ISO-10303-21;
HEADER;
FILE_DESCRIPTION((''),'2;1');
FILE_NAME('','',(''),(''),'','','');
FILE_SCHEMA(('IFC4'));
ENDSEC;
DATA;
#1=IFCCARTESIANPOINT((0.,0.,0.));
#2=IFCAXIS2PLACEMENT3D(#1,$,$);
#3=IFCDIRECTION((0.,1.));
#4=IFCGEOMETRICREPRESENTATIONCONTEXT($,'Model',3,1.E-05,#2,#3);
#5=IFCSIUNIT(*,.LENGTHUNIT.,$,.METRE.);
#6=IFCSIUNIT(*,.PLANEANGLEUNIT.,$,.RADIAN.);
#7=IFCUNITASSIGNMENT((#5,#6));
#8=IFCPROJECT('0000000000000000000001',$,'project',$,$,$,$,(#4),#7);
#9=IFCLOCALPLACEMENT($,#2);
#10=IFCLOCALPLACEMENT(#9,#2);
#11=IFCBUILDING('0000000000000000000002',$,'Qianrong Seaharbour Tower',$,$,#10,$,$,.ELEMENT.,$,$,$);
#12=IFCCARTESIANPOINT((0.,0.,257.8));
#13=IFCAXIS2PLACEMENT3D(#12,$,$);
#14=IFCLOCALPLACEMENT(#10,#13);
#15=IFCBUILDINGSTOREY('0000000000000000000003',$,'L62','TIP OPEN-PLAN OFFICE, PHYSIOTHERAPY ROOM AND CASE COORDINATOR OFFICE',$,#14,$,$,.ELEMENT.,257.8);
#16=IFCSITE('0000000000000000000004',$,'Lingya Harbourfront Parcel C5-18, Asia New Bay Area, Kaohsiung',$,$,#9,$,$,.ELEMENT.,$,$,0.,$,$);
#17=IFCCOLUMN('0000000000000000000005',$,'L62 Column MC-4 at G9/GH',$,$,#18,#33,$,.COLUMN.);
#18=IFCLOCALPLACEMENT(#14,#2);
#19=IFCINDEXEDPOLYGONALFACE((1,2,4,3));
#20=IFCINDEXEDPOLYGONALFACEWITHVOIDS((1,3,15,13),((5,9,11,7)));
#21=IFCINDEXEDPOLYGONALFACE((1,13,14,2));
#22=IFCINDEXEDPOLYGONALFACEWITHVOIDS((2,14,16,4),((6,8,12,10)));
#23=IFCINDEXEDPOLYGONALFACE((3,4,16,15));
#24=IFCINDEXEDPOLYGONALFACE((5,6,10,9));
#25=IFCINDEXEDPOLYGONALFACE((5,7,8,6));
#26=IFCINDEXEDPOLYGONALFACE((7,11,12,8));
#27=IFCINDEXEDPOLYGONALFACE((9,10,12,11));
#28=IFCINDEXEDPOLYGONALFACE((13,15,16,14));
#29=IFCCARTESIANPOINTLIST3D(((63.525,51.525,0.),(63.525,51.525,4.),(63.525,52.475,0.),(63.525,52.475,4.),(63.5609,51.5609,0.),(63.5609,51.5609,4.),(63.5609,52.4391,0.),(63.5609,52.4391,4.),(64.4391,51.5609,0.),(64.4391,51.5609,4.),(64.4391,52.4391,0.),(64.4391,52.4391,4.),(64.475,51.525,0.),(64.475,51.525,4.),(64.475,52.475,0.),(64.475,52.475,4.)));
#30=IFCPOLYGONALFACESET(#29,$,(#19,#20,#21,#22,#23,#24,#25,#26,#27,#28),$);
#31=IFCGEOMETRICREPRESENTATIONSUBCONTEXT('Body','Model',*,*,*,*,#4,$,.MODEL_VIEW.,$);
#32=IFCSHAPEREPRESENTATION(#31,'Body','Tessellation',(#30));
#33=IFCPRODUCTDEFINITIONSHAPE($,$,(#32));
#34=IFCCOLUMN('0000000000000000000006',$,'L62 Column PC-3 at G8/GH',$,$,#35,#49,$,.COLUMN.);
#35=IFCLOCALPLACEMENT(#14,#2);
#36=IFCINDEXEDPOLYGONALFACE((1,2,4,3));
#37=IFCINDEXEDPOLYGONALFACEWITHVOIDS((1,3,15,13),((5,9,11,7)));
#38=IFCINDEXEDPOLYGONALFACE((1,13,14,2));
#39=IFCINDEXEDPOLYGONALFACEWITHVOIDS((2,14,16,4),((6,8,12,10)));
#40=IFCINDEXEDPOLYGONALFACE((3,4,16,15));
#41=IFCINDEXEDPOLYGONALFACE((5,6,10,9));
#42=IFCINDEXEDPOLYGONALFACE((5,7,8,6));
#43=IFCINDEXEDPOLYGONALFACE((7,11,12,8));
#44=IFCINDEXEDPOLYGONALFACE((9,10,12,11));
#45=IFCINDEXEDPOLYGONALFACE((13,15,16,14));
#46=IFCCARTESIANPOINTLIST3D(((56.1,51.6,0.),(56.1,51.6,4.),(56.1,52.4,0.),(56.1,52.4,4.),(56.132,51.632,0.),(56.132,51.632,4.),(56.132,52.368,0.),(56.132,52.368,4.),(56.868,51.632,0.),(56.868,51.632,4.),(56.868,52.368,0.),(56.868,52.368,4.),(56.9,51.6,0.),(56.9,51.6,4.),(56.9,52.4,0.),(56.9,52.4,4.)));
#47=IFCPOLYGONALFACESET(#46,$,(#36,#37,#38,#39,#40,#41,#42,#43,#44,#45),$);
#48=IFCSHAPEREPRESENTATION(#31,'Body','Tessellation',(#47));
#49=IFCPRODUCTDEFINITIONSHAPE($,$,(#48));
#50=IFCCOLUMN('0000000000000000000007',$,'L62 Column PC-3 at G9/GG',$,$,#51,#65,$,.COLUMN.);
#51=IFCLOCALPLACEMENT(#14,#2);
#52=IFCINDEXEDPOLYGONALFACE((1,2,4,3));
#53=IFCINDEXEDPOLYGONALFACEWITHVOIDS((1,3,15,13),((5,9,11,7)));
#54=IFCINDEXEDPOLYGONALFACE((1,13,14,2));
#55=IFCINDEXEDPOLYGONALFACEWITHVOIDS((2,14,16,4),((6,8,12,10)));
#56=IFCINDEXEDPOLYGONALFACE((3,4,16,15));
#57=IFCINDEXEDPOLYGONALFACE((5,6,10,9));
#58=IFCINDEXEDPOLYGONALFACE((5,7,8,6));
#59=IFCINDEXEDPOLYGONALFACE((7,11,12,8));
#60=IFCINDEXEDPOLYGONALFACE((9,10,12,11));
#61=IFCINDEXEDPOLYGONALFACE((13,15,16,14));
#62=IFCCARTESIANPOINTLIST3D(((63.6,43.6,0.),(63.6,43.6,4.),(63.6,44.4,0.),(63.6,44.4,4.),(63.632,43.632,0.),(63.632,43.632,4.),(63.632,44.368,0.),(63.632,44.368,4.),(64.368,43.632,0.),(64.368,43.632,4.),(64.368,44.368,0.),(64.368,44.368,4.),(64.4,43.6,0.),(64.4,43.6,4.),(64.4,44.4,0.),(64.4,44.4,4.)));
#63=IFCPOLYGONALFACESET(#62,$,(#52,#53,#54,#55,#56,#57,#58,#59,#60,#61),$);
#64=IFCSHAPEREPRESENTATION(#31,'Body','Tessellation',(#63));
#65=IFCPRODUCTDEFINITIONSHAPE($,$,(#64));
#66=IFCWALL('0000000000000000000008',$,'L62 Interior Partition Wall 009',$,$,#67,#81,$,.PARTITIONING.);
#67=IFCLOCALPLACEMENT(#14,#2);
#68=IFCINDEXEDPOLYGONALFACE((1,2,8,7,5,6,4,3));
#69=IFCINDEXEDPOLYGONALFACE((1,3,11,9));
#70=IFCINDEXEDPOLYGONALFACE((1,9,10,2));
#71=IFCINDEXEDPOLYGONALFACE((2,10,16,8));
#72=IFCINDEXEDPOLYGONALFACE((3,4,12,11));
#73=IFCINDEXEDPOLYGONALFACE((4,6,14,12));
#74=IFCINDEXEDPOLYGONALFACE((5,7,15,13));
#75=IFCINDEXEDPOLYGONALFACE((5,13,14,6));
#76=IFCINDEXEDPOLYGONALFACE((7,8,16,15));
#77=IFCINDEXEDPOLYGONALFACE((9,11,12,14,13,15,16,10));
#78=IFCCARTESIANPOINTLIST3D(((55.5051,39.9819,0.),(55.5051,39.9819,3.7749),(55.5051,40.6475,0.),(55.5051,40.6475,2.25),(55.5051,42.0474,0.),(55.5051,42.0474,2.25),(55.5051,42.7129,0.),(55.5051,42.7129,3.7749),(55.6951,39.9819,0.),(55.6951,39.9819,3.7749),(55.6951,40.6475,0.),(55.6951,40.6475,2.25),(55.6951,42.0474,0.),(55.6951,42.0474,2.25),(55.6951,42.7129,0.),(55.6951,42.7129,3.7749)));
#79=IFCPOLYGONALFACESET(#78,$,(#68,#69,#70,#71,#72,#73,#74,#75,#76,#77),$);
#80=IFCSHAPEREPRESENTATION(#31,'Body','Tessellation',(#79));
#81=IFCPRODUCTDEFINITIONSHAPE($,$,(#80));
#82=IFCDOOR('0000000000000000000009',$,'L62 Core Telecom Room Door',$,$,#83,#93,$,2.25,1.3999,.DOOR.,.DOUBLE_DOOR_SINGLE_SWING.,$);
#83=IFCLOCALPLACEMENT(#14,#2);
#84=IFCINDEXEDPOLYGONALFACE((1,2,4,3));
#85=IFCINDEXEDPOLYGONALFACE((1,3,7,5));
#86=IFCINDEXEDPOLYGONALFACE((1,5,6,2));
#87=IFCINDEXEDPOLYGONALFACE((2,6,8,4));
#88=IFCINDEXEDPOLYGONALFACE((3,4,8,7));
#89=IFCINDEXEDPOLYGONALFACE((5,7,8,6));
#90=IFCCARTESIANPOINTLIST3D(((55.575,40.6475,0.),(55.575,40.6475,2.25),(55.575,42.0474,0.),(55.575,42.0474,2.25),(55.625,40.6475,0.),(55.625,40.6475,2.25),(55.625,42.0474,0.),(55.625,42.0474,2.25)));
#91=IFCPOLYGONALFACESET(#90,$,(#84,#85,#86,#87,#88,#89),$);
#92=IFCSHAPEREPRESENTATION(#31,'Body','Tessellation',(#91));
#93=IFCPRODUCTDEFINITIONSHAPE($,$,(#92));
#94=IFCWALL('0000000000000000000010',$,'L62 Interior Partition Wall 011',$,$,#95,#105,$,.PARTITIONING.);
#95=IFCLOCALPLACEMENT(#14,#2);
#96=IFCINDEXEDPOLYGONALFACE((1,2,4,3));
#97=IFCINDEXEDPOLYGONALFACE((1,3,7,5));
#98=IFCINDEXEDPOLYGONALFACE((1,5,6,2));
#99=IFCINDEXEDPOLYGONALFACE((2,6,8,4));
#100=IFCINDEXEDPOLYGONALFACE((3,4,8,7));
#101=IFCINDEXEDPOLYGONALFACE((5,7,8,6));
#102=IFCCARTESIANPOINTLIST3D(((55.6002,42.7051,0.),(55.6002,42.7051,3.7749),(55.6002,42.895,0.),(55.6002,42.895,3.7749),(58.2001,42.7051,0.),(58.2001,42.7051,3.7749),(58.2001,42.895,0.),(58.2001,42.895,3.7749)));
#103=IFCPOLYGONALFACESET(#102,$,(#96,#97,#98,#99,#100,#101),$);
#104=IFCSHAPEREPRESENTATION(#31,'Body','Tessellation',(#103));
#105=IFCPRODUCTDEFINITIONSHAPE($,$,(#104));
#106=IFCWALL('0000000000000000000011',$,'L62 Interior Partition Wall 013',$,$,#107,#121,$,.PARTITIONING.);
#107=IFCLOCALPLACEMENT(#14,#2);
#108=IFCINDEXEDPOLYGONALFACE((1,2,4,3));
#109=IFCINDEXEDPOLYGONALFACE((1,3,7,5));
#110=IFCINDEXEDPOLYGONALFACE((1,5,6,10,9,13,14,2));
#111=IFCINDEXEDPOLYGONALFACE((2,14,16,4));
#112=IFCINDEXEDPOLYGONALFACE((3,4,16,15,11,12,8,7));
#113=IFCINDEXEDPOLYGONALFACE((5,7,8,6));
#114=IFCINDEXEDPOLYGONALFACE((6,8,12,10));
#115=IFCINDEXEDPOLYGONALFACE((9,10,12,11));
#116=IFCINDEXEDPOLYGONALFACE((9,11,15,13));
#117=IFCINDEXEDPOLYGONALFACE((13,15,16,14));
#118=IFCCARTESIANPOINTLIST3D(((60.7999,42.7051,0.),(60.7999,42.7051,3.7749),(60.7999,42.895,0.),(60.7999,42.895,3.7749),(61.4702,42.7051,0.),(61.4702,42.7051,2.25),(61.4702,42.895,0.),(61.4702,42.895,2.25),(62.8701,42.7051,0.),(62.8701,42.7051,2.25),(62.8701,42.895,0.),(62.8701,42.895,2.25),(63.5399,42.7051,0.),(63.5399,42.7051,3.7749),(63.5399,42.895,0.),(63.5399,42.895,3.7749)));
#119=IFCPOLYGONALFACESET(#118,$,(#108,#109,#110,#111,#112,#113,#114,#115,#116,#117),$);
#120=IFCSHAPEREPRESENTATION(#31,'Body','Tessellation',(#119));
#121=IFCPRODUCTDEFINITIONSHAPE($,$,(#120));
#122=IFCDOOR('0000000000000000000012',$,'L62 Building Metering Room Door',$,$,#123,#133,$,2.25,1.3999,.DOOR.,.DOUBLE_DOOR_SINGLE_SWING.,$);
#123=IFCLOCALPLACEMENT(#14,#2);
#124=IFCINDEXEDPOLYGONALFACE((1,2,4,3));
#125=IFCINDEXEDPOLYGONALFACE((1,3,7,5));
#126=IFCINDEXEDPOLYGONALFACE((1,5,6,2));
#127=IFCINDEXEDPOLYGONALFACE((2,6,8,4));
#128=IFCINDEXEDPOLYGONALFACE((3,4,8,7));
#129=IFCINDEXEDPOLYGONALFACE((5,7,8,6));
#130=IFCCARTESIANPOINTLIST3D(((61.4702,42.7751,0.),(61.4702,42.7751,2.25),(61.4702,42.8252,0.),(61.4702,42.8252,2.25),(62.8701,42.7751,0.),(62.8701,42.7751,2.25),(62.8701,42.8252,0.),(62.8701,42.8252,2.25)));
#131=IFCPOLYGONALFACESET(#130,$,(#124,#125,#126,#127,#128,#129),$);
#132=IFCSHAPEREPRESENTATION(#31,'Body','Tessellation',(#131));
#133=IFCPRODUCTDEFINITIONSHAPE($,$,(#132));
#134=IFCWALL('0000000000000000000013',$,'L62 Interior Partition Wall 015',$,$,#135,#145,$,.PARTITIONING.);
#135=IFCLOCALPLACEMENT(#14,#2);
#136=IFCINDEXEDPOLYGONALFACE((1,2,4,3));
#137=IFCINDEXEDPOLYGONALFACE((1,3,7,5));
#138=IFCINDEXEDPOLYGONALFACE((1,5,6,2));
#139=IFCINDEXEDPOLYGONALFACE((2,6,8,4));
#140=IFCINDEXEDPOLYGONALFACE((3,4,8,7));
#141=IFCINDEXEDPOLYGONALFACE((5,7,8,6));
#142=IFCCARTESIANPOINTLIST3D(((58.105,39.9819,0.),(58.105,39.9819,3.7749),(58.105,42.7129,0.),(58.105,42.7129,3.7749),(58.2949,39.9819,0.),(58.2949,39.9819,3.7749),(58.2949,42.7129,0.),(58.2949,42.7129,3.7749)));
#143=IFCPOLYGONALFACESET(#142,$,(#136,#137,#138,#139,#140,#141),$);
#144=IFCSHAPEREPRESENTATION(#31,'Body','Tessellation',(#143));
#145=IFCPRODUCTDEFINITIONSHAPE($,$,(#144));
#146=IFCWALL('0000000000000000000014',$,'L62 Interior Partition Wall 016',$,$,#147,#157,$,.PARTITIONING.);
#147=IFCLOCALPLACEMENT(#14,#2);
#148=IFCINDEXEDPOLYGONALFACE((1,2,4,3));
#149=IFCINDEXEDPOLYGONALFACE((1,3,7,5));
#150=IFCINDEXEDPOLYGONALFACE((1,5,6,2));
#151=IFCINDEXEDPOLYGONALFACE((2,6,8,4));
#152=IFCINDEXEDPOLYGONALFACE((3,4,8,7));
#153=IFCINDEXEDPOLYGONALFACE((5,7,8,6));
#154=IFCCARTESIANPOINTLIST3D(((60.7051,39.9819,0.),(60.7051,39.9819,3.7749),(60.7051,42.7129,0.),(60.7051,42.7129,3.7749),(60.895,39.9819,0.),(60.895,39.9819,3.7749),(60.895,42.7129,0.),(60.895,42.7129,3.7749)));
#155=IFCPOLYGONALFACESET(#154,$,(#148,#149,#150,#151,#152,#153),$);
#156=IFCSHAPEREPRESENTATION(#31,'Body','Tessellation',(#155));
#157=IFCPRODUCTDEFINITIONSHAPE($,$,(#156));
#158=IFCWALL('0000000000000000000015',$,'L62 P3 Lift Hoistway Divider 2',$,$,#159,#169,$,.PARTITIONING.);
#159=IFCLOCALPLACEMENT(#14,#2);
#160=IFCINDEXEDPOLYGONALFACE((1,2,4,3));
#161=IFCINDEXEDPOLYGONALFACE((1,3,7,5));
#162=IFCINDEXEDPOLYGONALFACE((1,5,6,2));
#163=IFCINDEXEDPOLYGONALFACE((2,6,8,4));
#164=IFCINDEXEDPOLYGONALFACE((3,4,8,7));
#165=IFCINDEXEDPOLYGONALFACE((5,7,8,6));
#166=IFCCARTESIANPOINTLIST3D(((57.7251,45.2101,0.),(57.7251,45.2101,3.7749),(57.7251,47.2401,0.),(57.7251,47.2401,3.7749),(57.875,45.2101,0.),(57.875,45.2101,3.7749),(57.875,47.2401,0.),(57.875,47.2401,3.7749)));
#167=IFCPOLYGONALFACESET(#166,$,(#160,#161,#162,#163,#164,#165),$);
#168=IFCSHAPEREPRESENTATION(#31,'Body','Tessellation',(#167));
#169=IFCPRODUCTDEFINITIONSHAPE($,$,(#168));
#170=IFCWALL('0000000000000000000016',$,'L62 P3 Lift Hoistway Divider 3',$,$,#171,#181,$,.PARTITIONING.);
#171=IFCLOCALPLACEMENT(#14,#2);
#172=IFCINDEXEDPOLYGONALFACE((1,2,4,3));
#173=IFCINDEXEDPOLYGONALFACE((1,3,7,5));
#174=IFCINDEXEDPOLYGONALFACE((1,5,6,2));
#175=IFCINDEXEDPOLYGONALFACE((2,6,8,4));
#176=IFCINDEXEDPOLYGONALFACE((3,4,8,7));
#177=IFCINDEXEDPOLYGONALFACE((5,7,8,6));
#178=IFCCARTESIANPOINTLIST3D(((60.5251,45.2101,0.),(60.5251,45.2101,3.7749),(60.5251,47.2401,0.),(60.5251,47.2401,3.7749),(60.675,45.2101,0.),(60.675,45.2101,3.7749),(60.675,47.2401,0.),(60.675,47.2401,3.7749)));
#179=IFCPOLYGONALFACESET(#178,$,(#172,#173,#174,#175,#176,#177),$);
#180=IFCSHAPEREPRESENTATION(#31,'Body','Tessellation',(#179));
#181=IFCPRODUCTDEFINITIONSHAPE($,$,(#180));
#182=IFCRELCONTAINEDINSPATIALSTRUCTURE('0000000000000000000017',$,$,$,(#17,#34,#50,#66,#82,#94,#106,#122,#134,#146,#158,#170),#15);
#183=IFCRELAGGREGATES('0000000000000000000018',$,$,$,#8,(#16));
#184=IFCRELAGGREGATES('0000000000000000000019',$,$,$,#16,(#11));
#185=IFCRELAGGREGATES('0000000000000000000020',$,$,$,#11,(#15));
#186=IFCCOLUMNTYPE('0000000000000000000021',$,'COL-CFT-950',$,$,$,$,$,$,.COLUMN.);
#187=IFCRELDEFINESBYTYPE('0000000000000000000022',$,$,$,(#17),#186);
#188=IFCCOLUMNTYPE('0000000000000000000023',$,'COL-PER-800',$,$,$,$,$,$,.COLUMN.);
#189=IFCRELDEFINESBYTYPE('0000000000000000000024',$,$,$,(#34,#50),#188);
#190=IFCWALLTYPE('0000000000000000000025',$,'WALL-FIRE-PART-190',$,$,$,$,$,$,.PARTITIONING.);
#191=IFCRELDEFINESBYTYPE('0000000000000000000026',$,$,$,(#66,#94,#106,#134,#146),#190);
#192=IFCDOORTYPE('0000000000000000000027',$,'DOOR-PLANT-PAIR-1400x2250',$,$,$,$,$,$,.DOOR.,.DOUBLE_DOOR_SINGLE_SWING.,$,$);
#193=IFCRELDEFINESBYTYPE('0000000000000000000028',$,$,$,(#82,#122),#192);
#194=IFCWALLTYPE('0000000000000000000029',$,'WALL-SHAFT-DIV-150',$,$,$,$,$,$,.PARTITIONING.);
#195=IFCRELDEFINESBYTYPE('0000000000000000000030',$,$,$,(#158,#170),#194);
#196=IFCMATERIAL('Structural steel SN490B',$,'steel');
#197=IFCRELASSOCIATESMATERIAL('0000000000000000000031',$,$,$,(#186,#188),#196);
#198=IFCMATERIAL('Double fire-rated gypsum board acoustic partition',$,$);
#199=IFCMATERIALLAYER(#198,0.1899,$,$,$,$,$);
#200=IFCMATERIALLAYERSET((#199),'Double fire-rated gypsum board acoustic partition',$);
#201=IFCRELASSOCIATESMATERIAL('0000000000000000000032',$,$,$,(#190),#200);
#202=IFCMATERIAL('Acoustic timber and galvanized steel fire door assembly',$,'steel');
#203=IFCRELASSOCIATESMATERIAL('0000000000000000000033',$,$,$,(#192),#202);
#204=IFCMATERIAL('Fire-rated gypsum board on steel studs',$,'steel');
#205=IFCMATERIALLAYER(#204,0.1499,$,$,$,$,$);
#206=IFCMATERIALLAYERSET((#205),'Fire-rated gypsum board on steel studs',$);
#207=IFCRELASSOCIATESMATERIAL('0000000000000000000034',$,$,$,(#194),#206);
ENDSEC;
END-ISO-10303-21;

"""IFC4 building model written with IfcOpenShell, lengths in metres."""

from ifc_helpers import new_model, si_unit, direction, frame, frame_2d, origin, origin_2d, place, context, subcontext, project, spatial, rectangle, hollow_rectangle, extrude, material, layer, layer_set, material_profile, profile_set, type_object, element, fill, save


model = new_model("IFC4")

# Units and contexts
model_context = context("Model", 3, precision=1e-05, world=origin(), true_north=direction((0.0, 1.0)))
body_context = subcontext(model_context, "Body", "Model", "MODEL_VIEW")
ifc_project = project(units=[si_unit("LENGTHUNIT", "METRE"), si_unit("PLANEANGLEUNIT", "RADIAN")], contexts=[model_context])

# Site, building, storey
site_placement = place(None, origin())
site = spatial("IfcSite", under=ifc_project, at=site_placement, Name="Lingya Harbourfront Parcel C5-18, Asia New Bay Area, Kaohsiung", CompositionType="ELEMENT", RefElevation=0.0)
building_placement = place(site_placement, origin())
building = spatial("IfcBuilding", under=site, at=building_placement, Name="Qianrong Seaharbour Tower", CompositionType="ELEMENT")
storey_placement = place(building_placement, frame((0.0, 0.0, 257.8)))
storey = spatial("IfcBuildingStorey", under=building, at=storey_placement, Name="L62", Description="TIP OPEN-PLAN OFFICE, PHYSIOTHERAPY ROOM AND CASE COORDINATOR OFFICE", CompositionType="ELEMENT", Elevation=257.8)

# Columns
ifc_material_1 = material(Name="Structural steel SN490B", Category="steel")
ifc_material_profile_1 = material_profile(ifc_material_1, hollow_rectangle(XDim=0.95, YDim=0.95, WallThickness=0.0359, at=origin_2d()), Name="BOX950x950x36")
ifc_profile_set_1 = profile_set([ifc_material_profile_1], Name="Structural steel SN490B")
column_type_1 = type_object("IfcColumnType", Name="COL-CFT-950", PredefinedType="COLUMN", material=ifc_profile_set_1)
column_placement = place(storey_placement, frame((64.0, 52.0, 0.0), z_axis=(0.0, 0.0, 1.0), x_axis=(1.0, 0.0, 0.0)))
element("IfcColumn", 1, at=column_placement, inside=storey, type_object=column_type_1, Name="L62 Column MC-4 at G9/GH", PredefinedType="COLUMN", context=body_context, shape_type="SweptSolid", body=[
    extrude(hollow_rectangle(XDim=0.95, YDim=0.95, WallThickness=0.0359, at=origin_2d()), origin(), (0.0, 0.0, 1.0), 4.0),
])
ifc_material_profile_2 = material_profile(ifc_material_1, hollow_rectangle(XDim=0.8, YDim=0.8, WallThickness=0.032, at=origin_2d()), Name="BOX800x800x32")
ifc_profile_set_2 = profile_set([ifc_material_profile_2], Name="Structural steel SN490B")
column_type_2 = type_object("IfcColumnType", Name="COL-PER-800", PredefinedType="COLUMN", material=ifc_profile_set_2)
for number, where, z_axis, x_axis, name in (
    (2, (56.5, 52.0, 0.0), (0.0, 0.0, 1.0), (1.0, 0.0, 0.0), "L62 Column PC-3 at G8/GH"),
    (3, (64.0, 44.0, 0.0), (0.0, 0.0, 1.0), (1.0, 0.0, 0.0), "L62 Column PC-3 at G9/GG"),
):
    element("IfcColumn", number, at=place(storey_placement, frame(where, z_axis=z_axis, x_axis=x_axis)), inside=storey, type_object=column_type_2, Name=name, PredefinedType="COLUMN", context=body_context, shape_type="SweptSolid", body=[
        extrude(hollow_rectangle(XDim=0.8, YDim=0.8, WallThickness=0.032, at=origin_2d()), origin(), (0.0, 0.0, 1.0), 4.0),
    ])

# Wall, opening, door
ifc_material_2 = material(Name="Acoustic timber and galvanized steel fire door assembly", Category="steel")
ifc_material_3 = material(Name="Double fire-rated gypsum board acoustic partition")
ifc_layer_1 = layer(ifc_material_3, 0.1899)
ifc_layer_set_1 = layer_set([ifc_layer_1], Name="Double fire-rated gypsum board acoustic partition")
wall_type_1 = type_object("IfcWallType", Name="WALL-FIRE-PART-190", PredefinedType="PARTITIONING", material=ifc_layer_set_1)
wall_1_placement = place(storey_placement, frame((55.6001, 42.7129, 0.0), z_axis=(0.0, 0.0, 1.0), x_axis=(0.0, -1.0, 0.0)))
wall_1 = element("IfcWall", 4, at=wall_1_placement, inside=storey, type_object=wall_type_1, Name="L62 Interior Partition Wall 009", PredefinedType="PARTITIONING", context=body_context, shape_type="SweptSolid", body=[
    extrude(rectangle(XDim=2.731, YDim=0.1899, at=frame_2d((1.3655, 0.0))), origin(), (0.0, 0.0, 1.0), 3.7749),
])
opening_1_placement = place(wall_1_placement, frame((0.6655, 0.0, 0.0)))
opening_1 = element("IfcOpeningElement", 5, at=opening_1_placement, cuts=wall_1, PredefinedType="OPENING", context=body_context, shape_type="SweptSolid", body=[
    extrude(rectangle(XDim=1.3999, YDim=2.25, at=frame_2d((0.7, 1.125))), frame((0.0, 0.105, 0.0), z_axis=(0.0, -1.0, 0.0), x_axis=(1.0, 0.0, 0.0)), (0.0, 0.0, 1.0), 0.21),
])
door_type_1 = type_object("IfcDoorType", Name="DOOR-PLANT-PAIR-1400x2250", OperationType="DOUBLE_DOOR_SINGLE_SWING", PredefinedType="DOOR", material=ifc_material_2)
door_1_placement = place(opening_1_placement, origin())
door_1 = element("IfcDoor", 6, at=door_1_placement, inside=storey, type_object=door_type_1, Name="L62 Core Telecom Room Door", OperationType="DOUBLE_DOOR_SINGLE_SWING", OverallHeight=2.25, OverallWidth=1.3999, PredefinedType="DOOR", context=body_context, shape_type="SweptSolid", body=[
    extrude(rectangle(XDim=1.3999, YDim=2.25, at=frame_2d((0.7, 1.125))), frame((0.0, 0.0249, 0.0), z_axis=(0.0, -1.0, 0.0), x_axis=(1.0, 0.0, 0.0)), (0.0, 0.0, 1.0), 0.05),
])
fill(opening_1, door_1)

# Wall
wall_2_placement = place(storey_placement, frame((58.2, 42.8, 0.0), z_axis=(0.0, 0.0, 1.0), x_axis=(-1.0, 0.0, 0.0)))
element("IfcWall", 7, at=wall_2_placement, inside=storey, type_object=wall_type_1, Name="L62 Interior Partition Wall 011", PredefinedType="PARTITIONING", context=body_context, shape_type="SweptSolid", body=[
    extrude(rectangle(XDim=2.5999, YDim=0.1899, at=frame_2d((1.2998, 0.0))), origin(), (0.0, 0.0, 1.0), 3.7749),
])

# Wall, opening, door
wall_3_placement = place(storey_placement, frame((63.54, 42.8, 0.0), z_axis=(0.0, 0.0, 1.0), x_axis=(-1.0, 0.0, 0.0)))
wall_3 = element("IfcWall", 8, at=wall_3_placement, inside=storey, type_object=wall_type_1, Name="L62 Interior Partition Wall 013", PredefinedType="PARTITIONING", context=body_context, shape_type="SweptSolid", body=[
    extrude(rectangle(XDim=2.74, YDim=0.1899, at=frame_2d((1.3701, 0.0))), origin(), (0.0, 0.0, 1.0), 3.7749),
])
opening_2_placement = place(wall_3_placement, frame((0.6699, 0.0, 0.0)))
opening_2 = element("IfcOpeningElement", 9, at=opening_2_placement, cuts=wall_3, PredefinedType="OPENING", context=body_context, shape_type="SweptSolid", body=[
    extrude(rectangle(XDim=1.3999, YDim=2.25, at=frame_2d((0.7, 1.125))), frame((0.0, 0.105, 0.0), z_axis=(0.0, -1.0, 0.0), x_axis=(1.0, 0.0, 0.0)), (0.0, 0.0, 1.0), 0.21),
])
door_2_placement = place(opening_2_placement, origin())
door_2 = element("IfcDoor", 10, at=door_2_placement, inside=storey, type_object=door_type_1, Name="L62 Building Metering Room Door", OperationType="DOUBLE_DOOR_SINGLE_SWING", OverallHeight=2.25, OverallWidth=1.3999, PredefinedType="DOOR", context=body_context, shape_type="SweptSolid", body=[
    extrude(rectangle(XDim=1.3999, YDim=2.25, at=frame_2d((0.7, 1.125))), frame((0.0, 0.0249, 0.0), z_axis=(0.0, -1.0, 0.0), x_axis=(1.0, 0.0, 0.0)), (0.0, 0.0, 1.0), 0.05),
])
fill(opening_2, door_2)

# Walls
for number, where, z_axis, x_axis, name in (
    (11, (58.2, 42.7129, 0.0), (0.0, 0.0, 1.0), (0.0, -1.0, 0.0), "L62 Interior Partition Wall 015"),
    (12, (60.8, 42.7129, 0.0), (0.0, 0.0, 1.0), (0.0, -1.0, 0.0), "L62 Interior Partition Wall 016"),
):
    element("IfcWall", number, at=place(storey_placement, frame(where, z_axis=z_axis, x_axis=x_axis)), inside=storey, type_object=wall_type_1, Name=name, PredefinedType="PARTITIONING", context=body_context, shape_type="SweptSolid", body=[
        extrude(rectangle(XDim=2.731, YDim=0.1899, at=frame_2d((1.3655, 0.0))), origin(), (0.0, 0.0, 1.0), 3.7749),
    ])
ifc_material_4 = material(Name="Fire-rated gypsum board on steel studs", Category="steel")
ifc_layer_2 = layer(ifc_material_4, 0.1499)
ifc_layer_set_2 = layer_set([ifc_layer_2], Name="Fire-rated gypsum board on steel studs")
wall_type_2 = type_object("IfcWallType", Name="WALL-SHAFT-DIV-150", PredefinedType="PARTITIONING", material=ifc_layer_set_2)
for number, where, z_axis, x_axis, name in (
    (13, (57.8, 45.21, 0.0), (0.0, 0.0, 1.0), (0.0, 1.0, 0.0), "L62 P3 Lift Hoistway Divider 2"),
    (14, (60.6001, 45.21, 0.0), (0.0, 0.0, 1.0), (0.0, 1.0, 0.0), "L62 P3 Lift Hoistway Divider 3"),
):
    element("IfcWall", number, at=place(storey_placement, frame(where, z_axis=z_axis, x_axis=x_axis)), inside=storey, type_object=wall_type_2, Name=name, PredefinedType="PARTITIONING", context=body_context, shape_type="SweptSolid", body=[
        extrude(rectangle(XDim=2.03, YDim=0.1499, at=frame_2d((1.0151, 0.0))), origin(), (0.0, 0.0, 1.0), 3.7749),
    ])

save(model, "model.ifc")
